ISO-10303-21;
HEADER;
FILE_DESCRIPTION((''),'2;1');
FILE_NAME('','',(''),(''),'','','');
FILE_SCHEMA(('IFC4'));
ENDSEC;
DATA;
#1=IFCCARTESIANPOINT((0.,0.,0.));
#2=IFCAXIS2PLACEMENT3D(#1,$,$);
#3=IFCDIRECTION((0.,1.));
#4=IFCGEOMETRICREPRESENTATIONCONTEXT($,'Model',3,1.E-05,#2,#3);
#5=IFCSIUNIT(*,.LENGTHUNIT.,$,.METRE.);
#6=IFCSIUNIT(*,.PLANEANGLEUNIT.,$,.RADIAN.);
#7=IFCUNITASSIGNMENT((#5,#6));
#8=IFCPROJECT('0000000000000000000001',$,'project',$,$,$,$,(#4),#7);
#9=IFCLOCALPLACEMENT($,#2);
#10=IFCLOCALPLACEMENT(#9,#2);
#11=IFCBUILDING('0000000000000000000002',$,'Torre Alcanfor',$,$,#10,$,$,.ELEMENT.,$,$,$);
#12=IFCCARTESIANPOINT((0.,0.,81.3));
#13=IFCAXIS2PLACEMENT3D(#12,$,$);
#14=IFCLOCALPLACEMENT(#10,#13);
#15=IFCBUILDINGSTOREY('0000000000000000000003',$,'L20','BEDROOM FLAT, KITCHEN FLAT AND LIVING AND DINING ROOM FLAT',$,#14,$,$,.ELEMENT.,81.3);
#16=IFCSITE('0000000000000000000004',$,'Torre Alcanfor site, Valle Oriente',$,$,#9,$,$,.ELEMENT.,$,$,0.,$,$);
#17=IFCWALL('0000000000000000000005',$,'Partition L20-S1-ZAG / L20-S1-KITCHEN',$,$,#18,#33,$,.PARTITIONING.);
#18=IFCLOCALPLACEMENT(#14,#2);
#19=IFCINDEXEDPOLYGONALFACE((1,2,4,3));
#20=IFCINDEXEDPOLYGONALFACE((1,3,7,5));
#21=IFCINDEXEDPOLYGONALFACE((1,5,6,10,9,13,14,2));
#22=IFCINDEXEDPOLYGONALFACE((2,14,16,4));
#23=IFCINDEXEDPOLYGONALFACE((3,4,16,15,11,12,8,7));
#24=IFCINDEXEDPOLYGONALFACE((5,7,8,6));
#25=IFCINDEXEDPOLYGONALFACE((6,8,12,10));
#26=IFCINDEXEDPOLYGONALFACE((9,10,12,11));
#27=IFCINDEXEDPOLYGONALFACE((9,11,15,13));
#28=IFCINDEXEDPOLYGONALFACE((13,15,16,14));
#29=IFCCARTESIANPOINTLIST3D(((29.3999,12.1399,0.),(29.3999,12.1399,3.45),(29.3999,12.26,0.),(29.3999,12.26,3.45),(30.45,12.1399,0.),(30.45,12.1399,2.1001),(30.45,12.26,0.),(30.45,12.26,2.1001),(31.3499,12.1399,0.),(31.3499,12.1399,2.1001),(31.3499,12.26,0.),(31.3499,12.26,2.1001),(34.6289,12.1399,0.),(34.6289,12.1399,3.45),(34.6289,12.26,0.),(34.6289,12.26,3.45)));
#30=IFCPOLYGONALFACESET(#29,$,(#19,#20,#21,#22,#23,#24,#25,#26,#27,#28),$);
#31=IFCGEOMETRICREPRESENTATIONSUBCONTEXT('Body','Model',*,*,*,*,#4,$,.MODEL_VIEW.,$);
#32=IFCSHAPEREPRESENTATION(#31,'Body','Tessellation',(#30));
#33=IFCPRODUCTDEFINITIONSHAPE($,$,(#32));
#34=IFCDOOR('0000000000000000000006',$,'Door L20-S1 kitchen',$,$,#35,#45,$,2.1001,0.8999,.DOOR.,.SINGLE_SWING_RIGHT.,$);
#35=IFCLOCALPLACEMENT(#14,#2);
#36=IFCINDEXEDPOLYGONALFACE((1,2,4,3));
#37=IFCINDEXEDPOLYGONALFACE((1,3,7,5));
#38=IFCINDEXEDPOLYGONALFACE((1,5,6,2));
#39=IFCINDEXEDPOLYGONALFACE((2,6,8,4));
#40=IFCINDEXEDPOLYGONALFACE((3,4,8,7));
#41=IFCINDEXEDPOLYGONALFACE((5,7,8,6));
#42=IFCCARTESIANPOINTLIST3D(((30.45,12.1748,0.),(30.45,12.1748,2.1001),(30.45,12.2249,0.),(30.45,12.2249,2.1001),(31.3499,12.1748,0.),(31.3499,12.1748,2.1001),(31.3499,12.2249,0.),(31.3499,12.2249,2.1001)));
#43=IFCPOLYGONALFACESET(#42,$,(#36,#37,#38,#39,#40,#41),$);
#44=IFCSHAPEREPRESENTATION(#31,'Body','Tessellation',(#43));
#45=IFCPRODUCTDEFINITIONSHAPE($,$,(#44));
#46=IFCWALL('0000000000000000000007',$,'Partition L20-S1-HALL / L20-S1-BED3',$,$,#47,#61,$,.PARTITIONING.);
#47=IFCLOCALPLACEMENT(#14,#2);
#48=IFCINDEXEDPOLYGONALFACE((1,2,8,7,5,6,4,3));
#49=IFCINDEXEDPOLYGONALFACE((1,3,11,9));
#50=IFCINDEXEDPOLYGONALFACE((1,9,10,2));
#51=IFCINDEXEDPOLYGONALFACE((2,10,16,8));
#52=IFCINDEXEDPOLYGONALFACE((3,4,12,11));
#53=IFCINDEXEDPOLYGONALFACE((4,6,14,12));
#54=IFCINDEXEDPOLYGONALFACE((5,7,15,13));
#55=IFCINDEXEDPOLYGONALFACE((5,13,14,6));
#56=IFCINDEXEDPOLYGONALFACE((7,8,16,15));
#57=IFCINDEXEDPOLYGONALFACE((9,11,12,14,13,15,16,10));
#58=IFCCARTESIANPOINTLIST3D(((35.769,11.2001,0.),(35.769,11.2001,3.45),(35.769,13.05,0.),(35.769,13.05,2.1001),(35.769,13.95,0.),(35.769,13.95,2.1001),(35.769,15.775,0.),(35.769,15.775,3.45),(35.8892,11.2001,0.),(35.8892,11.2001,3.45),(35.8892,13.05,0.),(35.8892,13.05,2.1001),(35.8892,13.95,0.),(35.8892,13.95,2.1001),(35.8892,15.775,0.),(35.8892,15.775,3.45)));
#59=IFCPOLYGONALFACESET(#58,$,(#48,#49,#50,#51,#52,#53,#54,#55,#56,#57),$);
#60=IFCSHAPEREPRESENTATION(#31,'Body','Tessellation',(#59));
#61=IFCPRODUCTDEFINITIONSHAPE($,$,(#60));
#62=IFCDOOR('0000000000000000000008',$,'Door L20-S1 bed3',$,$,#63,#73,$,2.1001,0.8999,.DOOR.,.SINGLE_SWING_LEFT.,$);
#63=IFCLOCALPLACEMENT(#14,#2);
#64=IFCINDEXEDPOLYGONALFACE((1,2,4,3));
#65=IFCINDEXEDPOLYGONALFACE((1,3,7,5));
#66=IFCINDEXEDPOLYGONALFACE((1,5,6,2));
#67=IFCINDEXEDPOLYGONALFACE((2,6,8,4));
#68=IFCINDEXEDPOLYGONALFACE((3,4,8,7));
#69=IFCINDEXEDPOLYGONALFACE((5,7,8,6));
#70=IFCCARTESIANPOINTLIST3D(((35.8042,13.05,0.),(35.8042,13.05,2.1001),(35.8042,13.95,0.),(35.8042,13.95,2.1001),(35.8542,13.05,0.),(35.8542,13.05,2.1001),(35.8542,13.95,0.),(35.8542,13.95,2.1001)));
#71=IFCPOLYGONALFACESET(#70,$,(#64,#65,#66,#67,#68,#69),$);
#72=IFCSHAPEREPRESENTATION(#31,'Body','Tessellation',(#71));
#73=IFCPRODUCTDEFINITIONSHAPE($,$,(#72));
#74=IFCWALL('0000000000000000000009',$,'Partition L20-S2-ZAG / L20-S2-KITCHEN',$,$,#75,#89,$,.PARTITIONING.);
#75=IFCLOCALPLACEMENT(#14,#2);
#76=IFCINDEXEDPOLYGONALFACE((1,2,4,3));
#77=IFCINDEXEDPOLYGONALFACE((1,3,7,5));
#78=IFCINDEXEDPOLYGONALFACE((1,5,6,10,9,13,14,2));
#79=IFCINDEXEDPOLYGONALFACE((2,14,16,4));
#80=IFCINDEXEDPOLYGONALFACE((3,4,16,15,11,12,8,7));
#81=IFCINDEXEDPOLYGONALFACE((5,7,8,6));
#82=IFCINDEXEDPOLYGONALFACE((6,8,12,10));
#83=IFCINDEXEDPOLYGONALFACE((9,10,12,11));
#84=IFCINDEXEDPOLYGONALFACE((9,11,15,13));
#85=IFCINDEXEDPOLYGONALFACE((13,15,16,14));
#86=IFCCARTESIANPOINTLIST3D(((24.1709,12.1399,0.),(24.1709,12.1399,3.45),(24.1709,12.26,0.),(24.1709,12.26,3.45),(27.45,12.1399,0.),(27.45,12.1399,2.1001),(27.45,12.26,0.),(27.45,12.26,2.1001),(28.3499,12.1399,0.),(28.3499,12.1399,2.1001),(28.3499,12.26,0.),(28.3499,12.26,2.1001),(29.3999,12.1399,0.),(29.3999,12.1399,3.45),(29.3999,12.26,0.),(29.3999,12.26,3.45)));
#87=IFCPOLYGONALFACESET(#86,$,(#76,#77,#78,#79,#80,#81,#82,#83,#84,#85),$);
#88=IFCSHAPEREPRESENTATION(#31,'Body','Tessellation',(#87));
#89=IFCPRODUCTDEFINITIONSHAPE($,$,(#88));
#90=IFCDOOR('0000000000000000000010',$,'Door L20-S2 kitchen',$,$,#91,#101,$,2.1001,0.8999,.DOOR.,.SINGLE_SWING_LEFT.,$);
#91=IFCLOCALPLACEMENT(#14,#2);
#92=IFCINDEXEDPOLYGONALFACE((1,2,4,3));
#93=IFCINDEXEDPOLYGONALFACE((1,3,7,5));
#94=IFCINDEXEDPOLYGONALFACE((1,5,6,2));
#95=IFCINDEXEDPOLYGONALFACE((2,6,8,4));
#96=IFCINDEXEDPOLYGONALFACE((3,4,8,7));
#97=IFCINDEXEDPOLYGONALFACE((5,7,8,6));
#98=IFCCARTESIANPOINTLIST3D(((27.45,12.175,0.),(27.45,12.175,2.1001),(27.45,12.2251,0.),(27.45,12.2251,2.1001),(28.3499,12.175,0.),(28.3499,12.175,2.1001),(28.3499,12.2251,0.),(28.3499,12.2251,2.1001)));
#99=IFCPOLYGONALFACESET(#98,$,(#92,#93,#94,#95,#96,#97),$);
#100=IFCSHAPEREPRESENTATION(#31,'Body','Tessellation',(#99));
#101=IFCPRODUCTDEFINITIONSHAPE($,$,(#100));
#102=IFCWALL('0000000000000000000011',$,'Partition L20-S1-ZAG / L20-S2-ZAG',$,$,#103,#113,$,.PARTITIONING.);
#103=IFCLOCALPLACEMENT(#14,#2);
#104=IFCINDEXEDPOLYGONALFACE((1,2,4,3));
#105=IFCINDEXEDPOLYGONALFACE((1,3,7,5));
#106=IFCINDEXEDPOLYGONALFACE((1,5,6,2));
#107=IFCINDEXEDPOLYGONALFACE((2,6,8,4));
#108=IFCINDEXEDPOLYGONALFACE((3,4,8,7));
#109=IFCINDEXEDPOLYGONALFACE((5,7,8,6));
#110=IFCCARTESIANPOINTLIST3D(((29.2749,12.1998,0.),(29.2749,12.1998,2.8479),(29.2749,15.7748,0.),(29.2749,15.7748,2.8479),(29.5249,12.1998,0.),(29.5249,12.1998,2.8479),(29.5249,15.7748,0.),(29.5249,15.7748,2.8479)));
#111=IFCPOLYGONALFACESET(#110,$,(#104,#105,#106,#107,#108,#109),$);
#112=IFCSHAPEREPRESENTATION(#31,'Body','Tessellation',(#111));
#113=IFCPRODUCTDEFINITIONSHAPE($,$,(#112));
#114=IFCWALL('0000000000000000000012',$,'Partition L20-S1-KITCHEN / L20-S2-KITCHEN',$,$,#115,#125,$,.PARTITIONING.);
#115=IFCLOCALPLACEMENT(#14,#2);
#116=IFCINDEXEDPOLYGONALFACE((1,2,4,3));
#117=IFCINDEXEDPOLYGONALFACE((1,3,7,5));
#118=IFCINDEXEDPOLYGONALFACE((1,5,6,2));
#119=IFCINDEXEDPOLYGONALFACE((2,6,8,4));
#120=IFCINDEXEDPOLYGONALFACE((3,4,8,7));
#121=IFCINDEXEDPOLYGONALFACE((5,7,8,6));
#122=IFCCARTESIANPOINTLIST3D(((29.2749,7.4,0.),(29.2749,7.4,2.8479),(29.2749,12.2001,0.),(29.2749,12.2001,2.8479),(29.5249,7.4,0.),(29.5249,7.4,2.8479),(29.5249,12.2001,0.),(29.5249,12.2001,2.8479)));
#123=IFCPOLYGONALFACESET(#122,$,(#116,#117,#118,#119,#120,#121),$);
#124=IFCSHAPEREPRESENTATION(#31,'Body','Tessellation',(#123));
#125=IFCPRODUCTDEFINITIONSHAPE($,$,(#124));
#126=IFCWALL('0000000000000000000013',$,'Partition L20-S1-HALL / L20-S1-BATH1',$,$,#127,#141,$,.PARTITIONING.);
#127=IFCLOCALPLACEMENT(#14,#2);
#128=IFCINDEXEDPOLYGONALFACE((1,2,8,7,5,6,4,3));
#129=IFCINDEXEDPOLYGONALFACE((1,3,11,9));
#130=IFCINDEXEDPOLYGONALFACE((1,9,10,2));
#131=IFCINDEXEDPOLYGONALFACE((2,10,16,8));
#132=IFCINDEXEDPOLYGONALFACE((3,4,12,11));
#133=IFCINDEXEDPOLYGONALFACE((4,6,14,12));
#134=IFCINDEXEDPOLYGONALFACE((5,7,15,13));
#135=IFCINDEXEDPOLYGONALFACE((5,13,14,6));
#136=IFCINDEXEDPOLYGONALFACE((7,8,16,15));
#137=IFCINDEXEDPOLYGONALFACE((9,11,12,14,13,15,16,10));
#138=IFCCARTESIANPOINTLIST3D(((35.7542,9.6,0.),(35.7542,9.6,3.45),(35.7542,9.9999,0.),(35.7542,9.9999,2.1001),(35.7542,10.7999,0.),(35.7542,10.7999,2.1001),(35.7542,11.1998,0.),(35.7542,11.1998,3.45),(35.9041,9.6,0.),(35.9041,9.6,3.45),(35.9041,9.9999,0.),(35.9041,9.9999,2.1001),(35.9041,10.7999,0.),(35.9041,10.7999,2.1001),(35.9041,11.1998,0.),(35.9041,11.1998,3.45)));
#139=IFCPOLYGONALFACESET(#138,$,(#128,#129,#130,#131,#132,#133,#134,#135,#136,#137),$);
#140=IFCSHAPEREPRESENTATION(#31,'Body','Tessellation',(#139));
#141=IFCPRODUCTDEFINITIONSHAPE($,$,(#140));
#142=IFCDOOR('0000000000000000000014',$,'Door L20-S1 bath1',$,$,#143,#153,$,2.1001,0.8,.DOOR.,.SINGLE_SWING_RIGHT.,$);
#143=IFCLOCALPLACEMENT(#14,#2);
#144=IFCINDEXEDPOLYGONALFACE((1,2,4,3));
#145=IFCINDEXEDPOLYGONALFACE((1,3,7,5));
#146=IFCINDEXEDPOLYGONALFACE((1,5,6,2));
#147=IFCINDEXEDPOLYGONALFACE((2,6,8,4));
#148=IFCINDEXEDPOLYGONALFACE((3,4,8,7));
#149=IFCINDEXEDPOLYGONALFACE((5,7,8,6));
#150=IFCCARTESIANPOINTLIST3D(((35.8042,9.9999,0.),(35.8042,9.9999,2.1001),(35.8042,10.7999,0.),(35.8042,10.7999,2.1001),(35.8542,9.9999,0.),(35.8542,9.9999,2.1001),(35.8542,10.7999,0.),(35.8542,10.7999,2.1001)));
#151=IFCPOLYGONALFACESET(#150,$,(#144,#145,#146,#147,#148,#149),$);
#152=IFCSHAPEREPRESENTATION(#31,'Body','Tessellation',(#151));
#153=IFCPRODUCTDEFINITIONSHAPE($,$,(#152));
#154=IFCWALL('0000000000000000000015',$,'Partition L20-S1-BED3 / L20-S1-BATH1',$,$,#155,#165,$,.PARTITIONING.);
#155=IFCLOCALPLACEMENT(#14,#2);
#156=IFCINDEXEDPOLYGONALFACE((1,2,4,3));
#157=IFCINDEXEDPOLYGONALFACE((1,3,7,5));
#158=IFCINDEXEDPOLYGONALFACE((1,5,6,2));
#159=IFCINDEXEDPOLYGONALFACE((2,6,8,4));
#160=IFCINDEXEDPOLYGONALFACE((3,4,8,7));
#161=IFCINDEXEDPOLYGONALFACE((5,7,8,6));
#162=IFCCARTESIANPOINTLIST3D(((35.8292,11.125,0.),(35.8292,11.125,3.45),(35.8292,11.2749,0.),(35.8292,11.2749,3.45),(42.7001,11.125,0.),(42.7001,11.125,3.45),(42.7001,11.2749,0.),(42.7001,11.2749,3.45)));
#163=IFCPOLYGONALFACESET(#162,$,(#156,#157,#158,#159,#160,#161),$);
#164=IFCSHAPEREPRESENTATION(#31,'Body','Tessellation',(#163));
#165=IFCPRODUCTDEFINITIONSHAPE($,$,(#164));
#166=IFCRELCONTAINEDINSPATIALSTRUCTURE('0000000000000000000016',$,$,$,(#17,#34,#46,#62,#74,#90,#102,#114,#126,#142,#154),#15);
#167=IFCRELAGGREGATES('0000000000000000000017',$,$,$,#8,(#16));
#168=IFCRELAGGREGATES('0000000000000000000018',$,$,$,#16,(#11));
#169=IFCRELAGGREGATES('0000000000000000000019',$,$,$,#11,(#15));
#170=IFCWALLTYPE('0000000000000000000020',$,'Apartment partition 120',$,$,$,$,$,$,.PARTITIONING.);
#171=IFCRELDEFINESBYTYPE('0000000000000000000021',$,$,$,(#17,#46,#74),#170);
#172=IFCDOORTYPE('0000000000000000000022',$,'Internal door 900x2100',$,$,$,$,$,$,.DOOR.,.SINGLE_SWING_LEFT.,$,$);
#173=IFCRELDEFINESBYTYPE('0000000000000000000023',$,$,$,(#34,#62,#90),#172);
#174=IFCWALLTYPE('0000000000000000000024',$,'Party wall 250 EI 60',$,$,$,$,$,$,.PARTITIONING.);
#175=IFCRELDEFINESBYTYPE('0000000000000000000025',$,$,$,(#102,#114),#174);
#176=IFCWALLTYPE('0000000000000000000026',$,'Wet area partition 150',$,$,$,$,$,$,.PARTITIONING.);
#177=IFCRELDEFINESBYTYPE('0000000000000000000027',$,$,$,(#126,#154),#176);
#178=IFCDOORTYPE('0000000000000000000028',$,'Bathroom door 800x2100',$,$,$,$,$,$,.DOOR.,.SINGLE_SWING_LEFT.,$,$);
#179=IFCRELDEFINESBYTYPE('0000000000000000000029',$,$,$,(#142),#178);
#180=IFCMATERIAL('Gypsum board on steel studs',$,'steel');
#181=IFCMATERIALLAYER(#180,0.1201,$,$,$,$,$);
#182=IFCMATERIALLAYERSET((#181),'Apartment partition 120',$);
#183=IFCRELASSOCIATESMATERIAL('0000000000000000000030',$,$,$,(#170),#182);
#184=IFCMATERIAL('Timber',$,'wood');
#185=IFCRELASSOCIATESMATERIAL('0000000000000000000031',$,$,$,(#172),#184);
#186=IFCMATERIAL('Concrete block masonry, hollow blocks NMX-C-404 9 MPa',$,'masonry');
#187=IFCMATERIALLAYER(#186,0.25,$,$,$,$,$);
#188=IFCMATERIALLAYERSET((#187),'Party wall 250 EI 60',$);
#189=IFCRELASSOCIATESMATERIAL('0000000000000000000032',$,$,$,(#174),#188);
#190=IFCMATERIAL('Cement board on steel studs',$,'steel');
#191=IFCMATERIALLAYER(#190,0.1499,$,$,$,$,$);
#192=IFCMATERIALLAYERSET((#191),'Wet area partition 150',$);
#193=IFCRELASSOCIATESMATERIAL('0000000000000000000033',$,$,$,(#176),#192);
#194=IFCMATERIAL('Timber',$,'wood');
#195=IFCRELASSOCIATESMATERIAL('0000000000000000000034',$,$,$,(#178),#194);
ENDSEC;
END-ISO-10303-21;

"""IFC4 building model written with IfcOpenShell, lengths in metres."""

from ifc_helpers import new_model, si_unit, direction, frame, frame_2d, origin, place, context, subcontext, project, spatial, rectangle, extrude, material, layer, layer_set, type_object, element, fill, save


model = new_model("IFC4")

# Units and contexts
model_context = context("Model", 3, precision=1e-05, world=origin(), true_north=direction((0.0, 1.0)))
body_context = subcontext(model_context, "Body", "Model", "MODEL_VIEW")
ifc_project = project(units=[si_unit("LENGTHUNIT", "METRE"), si_unit("PLANEANGLEUNIT", "RADIAN")], contexts=[model_context])

# Site, building, storey
site_placement = place(None, origin())
site = spatial("IfcSite", under=ifc_project, at=site_placement, Name="Torre Alcanfor site, Valle Oriente", CompositionType="ELEMENT", RefElevation=0.0)
building_placement = place(site_placement, origin())
building = spatial("IfcBuilding", under=site, at=building_placement, Name="Torre Alcanfor", CompositionType="ELEMENT")
storey_placement = place(building_placement, frame((0.0, 0.0, 81.3)))
storey = spatial("IfcBuildingStorey", under=building, at=storey_placement, Name="L20", Description="BEDROOM FLAT, KITCHEN FLAT AND LIVING AND DINING ROOM FLAT", CompositionType="ELEMENT", Elevation=81.3)

# Walls, openings, doors
ifc_material_1 = material(Name="Gypsum board on steel studs", Category="steel")
ifc_layer_1 = layer(ifc_material_1, 0.1201)
ifc_layer_set_1 = layer_set([ifc_layer_1], Name="Apartment partition 120")
wall_type_1 = type_object("IfcWallType", Name="Apartment partition 120", PredefinedType="PARTITIONING", material=ifc_layer_set_1)
wall_1_placement = place(storey_placement, frame((29.3999, 12.2, 0.0), z_axis=(0.0, 0.0, 1.0), x_axis=(1.0, 0.0, 0.0)))
wall_1 = element("IfcWall", 1, at=wall_1_placement, inside=storey, type_object=wall_type_1, Name="Partition L20-S1-ZAG / L20-S1-KITCHEN", PredefinedType="PARTITIONING", context=body_context, shape_type="SweptSolid", body=[
    extrude(rectangle(XDim=5.229, YDim=0.1201, at=frame_2d((2.6145, 0.0))), origin(), (0.0, 0.0, 1.0), 3.45),
])
opening_1_placement = place(wall_1_placement, frame((1.05, 0.0, 0.0)))
opening_1 = element("IfcOpeningElement", 2, at=opening_1_placement, cuts=wall_1, PredefinedType="OPENING", context=body_context, shape_type="SweptSolid", body=[
    extrude(rectangle(XDim=0.8999, YDim=2.1001, at=frame_2d((0.45, 1.05))), frame((0.0, 0.0701, 0.0), z_axis=(0.0, -1.0, 0.0), x_axis=(1.0, 0.0, 0.0)), (0.0, 0.0, 1.0), 0.1401),
])
ifc_material_2 = material(Name="Timber", Category="wood")
door_type_1 = type_object("IfcDoorType", Name="Internal door 900x2100", OperationType="SINGLE_SWING_LEFT", PredefinedType="DOOR", material=ifc_material_2)
door_1_placement = place(opening_1_placement, frame((0.8999, 0.0, 0.0), z_axis=(0.0, 0.0, 1.0), x_axis=(-1.0, 0.0, 0.0)))
door_1 = element("IfcDoor", 3, at=door_1_placement, inside=storey, type_object=door_type_1, Name="Door L20-S1 kitchen", OperationType="SINGLE_SWING_RIGHT", OverallHeight=2.1001, OverallWidth=0.8999, PredefinedType="DOOR", context=body_context, shape_type="SweptSolid", body=[
    extrude(rectangle(XDim=0.8999, YDim=2.1001, at=frame_2d((0.45, 1.05))), frame((0.0, 0.0251, 0.0), z_axis=(0.0, -1.0, 0.0), x_axis=(1.0, 0.0, 0.0)), (0.0, 0.0, 1.0), 0.05),
])
fill(opening_1, door_1)
wall_2_placement = place(storey_placement, frame((35.8291, 11.2, 0.0), z_axis=(0.0, 0.0, 1.0), x_axis=(0.0, 1.0, 0.0)))
wall_2 = element("IfcWall", 4, at=wall_2_placement, inside=storey, type_object=wall_type_1, Name="Partition L20-S1-HALL / L20-S1-BED3", PredefinedType="PARTITIONING", context=body_context, shape_type="SweptSolid", body=[
    extrude(rectangle(XDim=4.575, YDim=0.1201, at=frame_2d((2.2876, 0.0))), origin(), (0.0, 0.0, 1.0), 3.45),
])
opening_2_placement = place(wall_2_placement, frame((1.8501, 0.0, 0.0)))
opening_2 = element("IfcOpeningElement", 5, at=opening_2_placement, cuts=wall_2, PredefinedType="OPENING", context=body_context, shape_type="SweptSolid", body=[
    extrude(rectangle(XDim=0.8999, YDim=2.1001, at=frame_2d((0.45, 1.05))), frame((0.0, 0.0701, 0.0), z_axis=(0.0, -1.0, 0.0), x_axis=(1.0, 0.0, 0.0)), (0.0, 0.0, 1.0), 0.1401),
])
door_2_placement = place(opening_2_placement, frame((0.8999, 0.0, 0.0), z_axis=(0.0, 0.0, 1.0), x_axis=(-1.0, 0.0, 0.0)))
door_2 = element("IfcDoor", 6, at=door_2_placement, inside=storey, type_object=door_type_1, Name="Door L20-S1 bed3", OperationType="SINGLE_SWING_LEFT", OverallHeight=2.1001, OverallWidth=0.8999, PredefinedType="DOOR", context=body_context, shape_type="SweptSolid", body=[
    extrude(rectangle(XDim=0.8999, YDim=2.1001, at=frame_2d((0.45, 1.05))), frame((0.0, 0.0251, 0.0), z_axis=(0.0, -1.0, 0.0), x_axis=(1.0, 0.0, 0.0)), (0.0, 0.0, 1.0), 0.05),
])
fill(opening_2, door_2)
wall_3_placement = place(storey_placement, frame((29.3999, 12.2, 0.0), z_axis=(0.0, 0.0, 1.0), x_axis=(-1.0, 0.0, 0.0)))
wall_3 = element("IfcWall", 7, at=wall_3_placement, inside=storey, type_object=wall_type_1, Name="Partition L20-S2-ZAG / L20-S2-KITCHEN", PredefinedType="PARTITIONING", context=body_context, shape_type="SweptSolid", body=[
    extrude(rectangle(XDim=5.229, YDim=0.1201, at=frame_2d((2.6145, 0.0))), origin(), (0.0, 0.0, 1.0), 3.45),
])
opening_3_placement = place(wall_3_placement, frame((1.05, 0.0, 0.0)))
opening_3 = element("IfcOpeningElement", 8, at=opening_3_placement, cuts=wall_3, PredefinedType="OPENING", context=body_context, shape_type="SweptSolid", body=[
    extrude(rectangle(XDim=0.8999, YDim=2.1001, at=frame_2d((0.45, 1.05))), frame((0.0, 0.0701, 0.0), z_axis=(0.0, -1.0, 0.0), x_axis=(1.0, 0.0, 0.0)), (0.0, 0.0, 1.0), 0.1401),
])
door_3_placement = place(opening_3_placement, origin())
door_3 = element("IfcDoor", 9, at=door_3_placement, inside=storey, type_object=door_type_1, Name="Door L20-S2 kitchen", OperationType="SINGLE_SWING_LEFT", OverallHeight=2.1001, OverallWidth=0.8999, PredefinedType="DOOR", context=body_context, shape_type="SweptSolid", body=[
    extrude(rectangle(XDim=0.8999, YDim=2.1001, at=frame_2d((0.45, 1.05))), frame((0.0, 0.0249, 0.0), z_axis=(0.0, -1.0, 0.0), x_axis=(1.0, 0.0, 0.0)), (0.0, 0.0, 1.0), 0.05),
])
fill(opening_3, door_3)

# Walls
ifc_material_3 = material(Name="Concrete block masonry, hollow blocks NMX-C-404 9 MPa", Category="masonry")
ifc_layer_2 = layer(ifc_material_3, 0.25)
ifc_layer_set_2 = layer_set([ifc_layer_2], Name="Party wall 250 EI 60")
wall_type_2 = type_object("IfcWallType", Name="Party wall 250 EI 60", PredefinedType="PARTITIONING", material=ifc_layer_set_2)
wall_4_placement = place(storey_placement, frame((29.3999, 15.7749, 0.0), z_axis=(0.0, 0.0, 1.0), x_axis=(0.0, -1.0, 0.0)))
element("IfcWall", 10, at=wall_4_placement, inside=storey, type_object=wall_type_2, Name="Partition L20-S1-ZAG / L20-S2-ZAG", PredefinedType="PARTITIONING", context=body_context, shape_type="SweptSolid", body=[
    extrude(rectangle(XDim=3.575, YDim=0.25, at=frame_2d((1.7876, 0.0))), origin(), (0.0, 0.0, 1.0), 2.8479),
])
wall_5_placement = place(storey_placement, frame((29.3999, 12.2, 0.0), z_axis=(0.0, 0.0, 1.0), x_axis=(0.0, -1.0, 0.0)))
element("IfcWall", 11, at=wall_5_placement, inside=storey, type_object=wall_type_2, Name="Partition L20-S1-KITCHEN / L20-S2-KITCHEN", PredefinedType="PARTITIONING", context=body_context, shape_type="SweptSolid", body=[
    extrude(rectangle(XDim=4.8, YDim=0.25, at=frame_2d((2.3999, 0.0))), origin(), (0.0, 0.0, 1.0), 2.8479),
])

# Wall, opening, door
ifc_material_4 = material(Name="Cement board on steel studs", Category="steel")
ifc_layer_3 = layer(ifc_material_4, 0.1499)
ifc_layer_set_3 = layer_set([ifc_layer_3], Name="Wet area partition 150")
wall_type_3 = type_object("IfcWallType", Name="Wet area partition 150", PredefinedType="PARTITIONING", material=ifc_layer_set_3)
wall_6_placement = place(storey_placement, frame((35.8291, 9.6001, 0.0), z_axis=(0.0, 0.0, 1.0), x_axis=(0.0, 1.0, 0.0)))
wall_6 = element("IfcWall", 12, at=wall_6_placement, inside=storey, type_object=wall_type_3, Name="Partition L20-S1-HALL / L20-S1-BATH1", PredefinedType="PARTITIONING", context=body_context, shape_type="SweptSolid", body=[
    extrude(rectangle(XDim=1.5999, YDim=0.1499, at=frame_2d((0.7998, 0.0))), origin(), (0.0, 0.0, 1.0), 3.45),
])
opening_4_placement = place(wall_6_placement, frame((0.3999, 0.0, 0.0)))
opening_4 = element("IfcOpeningElement", 13, at=opening_4_placement, cuts=wall_6, PredefinedType="OPENING", context=body_context, shape_type="SweptSolid", body=[
    extrude(rectangle(XDim=0.8, YDim=2.1001, at=frame_2d((0.3999, 1.05))), frame((0.0, 0.085, 0.0), z_axis=(0.0, -1.0, 0.0), x_axis=(1.0, 0.0, 0.0)), (0.0, 0.0, 1.0), 0.1699),
])
ifc_material_5 = material(Name="Timber", Category="wood")
door_type_2 = type_object("IfcDoorType", Name="Bathroom door 800x2100", OperationType="SINGLE_SWING_LEFT", PredefinedType="DOOR", material=ifc_material_5)
door_4_placement = place(opening_4_placement, frame((0.8, 0.0, 0.0), z_axis=(0.0, 0.0, 1.0), x_axis=(-1.0, 0.0, 0.0)))
door_4 = element("IfcDoor", 14, at=door_4_placement, inside=storey, type_object=door_type_2, Name="Door L20-S1 bath1", OperationType="SINGLE_SWING_RIGHT", OverallHeight=2.1001, OverallWidth=0.8, PredefinedType="DOOR", context=body_context, shape_type="SweptSolid", body=[
    extrude(rectangle(XDim=0.8, YDim=2.1001, at=frame_2d((0.4001, 1.05))), frame((0.0, 0.0251, 0.0), z_axis=(0.0, -1.0, 0.0), x_axis=(1.0, 0.0, 0.0)), (0.0, 0.0, 1.0), 0.05),
])
fill(opening_4, door_4)

# Wall
for number, where, z_axis, x_axis, name in (
    (15, (35.8291, 11.2, 0.0), (0.0, 0.0, 1.0), (1.0, 0.0, 0.0), "Partition L20-S1-BED3 / L20-S1-BATH1"),
):
    element("IfcWall", number, at=place(storey_placement, frame(where, z_axis=z_axis, x_axis=x_axis)), inside=storey, type_object=wall_type_3, Name=name, PredefinedType="PARTITIONING", context=body_context, shape_type="SweptSolid", body=[
        extrude(rectangle(XDim=6.8708, YDim=0.1499, at=frame_2d((3.4355, 0.0))), origin(), (0.0, 0.0, 1.0), 3.45),
    ])

save(model, "model.ifc")
